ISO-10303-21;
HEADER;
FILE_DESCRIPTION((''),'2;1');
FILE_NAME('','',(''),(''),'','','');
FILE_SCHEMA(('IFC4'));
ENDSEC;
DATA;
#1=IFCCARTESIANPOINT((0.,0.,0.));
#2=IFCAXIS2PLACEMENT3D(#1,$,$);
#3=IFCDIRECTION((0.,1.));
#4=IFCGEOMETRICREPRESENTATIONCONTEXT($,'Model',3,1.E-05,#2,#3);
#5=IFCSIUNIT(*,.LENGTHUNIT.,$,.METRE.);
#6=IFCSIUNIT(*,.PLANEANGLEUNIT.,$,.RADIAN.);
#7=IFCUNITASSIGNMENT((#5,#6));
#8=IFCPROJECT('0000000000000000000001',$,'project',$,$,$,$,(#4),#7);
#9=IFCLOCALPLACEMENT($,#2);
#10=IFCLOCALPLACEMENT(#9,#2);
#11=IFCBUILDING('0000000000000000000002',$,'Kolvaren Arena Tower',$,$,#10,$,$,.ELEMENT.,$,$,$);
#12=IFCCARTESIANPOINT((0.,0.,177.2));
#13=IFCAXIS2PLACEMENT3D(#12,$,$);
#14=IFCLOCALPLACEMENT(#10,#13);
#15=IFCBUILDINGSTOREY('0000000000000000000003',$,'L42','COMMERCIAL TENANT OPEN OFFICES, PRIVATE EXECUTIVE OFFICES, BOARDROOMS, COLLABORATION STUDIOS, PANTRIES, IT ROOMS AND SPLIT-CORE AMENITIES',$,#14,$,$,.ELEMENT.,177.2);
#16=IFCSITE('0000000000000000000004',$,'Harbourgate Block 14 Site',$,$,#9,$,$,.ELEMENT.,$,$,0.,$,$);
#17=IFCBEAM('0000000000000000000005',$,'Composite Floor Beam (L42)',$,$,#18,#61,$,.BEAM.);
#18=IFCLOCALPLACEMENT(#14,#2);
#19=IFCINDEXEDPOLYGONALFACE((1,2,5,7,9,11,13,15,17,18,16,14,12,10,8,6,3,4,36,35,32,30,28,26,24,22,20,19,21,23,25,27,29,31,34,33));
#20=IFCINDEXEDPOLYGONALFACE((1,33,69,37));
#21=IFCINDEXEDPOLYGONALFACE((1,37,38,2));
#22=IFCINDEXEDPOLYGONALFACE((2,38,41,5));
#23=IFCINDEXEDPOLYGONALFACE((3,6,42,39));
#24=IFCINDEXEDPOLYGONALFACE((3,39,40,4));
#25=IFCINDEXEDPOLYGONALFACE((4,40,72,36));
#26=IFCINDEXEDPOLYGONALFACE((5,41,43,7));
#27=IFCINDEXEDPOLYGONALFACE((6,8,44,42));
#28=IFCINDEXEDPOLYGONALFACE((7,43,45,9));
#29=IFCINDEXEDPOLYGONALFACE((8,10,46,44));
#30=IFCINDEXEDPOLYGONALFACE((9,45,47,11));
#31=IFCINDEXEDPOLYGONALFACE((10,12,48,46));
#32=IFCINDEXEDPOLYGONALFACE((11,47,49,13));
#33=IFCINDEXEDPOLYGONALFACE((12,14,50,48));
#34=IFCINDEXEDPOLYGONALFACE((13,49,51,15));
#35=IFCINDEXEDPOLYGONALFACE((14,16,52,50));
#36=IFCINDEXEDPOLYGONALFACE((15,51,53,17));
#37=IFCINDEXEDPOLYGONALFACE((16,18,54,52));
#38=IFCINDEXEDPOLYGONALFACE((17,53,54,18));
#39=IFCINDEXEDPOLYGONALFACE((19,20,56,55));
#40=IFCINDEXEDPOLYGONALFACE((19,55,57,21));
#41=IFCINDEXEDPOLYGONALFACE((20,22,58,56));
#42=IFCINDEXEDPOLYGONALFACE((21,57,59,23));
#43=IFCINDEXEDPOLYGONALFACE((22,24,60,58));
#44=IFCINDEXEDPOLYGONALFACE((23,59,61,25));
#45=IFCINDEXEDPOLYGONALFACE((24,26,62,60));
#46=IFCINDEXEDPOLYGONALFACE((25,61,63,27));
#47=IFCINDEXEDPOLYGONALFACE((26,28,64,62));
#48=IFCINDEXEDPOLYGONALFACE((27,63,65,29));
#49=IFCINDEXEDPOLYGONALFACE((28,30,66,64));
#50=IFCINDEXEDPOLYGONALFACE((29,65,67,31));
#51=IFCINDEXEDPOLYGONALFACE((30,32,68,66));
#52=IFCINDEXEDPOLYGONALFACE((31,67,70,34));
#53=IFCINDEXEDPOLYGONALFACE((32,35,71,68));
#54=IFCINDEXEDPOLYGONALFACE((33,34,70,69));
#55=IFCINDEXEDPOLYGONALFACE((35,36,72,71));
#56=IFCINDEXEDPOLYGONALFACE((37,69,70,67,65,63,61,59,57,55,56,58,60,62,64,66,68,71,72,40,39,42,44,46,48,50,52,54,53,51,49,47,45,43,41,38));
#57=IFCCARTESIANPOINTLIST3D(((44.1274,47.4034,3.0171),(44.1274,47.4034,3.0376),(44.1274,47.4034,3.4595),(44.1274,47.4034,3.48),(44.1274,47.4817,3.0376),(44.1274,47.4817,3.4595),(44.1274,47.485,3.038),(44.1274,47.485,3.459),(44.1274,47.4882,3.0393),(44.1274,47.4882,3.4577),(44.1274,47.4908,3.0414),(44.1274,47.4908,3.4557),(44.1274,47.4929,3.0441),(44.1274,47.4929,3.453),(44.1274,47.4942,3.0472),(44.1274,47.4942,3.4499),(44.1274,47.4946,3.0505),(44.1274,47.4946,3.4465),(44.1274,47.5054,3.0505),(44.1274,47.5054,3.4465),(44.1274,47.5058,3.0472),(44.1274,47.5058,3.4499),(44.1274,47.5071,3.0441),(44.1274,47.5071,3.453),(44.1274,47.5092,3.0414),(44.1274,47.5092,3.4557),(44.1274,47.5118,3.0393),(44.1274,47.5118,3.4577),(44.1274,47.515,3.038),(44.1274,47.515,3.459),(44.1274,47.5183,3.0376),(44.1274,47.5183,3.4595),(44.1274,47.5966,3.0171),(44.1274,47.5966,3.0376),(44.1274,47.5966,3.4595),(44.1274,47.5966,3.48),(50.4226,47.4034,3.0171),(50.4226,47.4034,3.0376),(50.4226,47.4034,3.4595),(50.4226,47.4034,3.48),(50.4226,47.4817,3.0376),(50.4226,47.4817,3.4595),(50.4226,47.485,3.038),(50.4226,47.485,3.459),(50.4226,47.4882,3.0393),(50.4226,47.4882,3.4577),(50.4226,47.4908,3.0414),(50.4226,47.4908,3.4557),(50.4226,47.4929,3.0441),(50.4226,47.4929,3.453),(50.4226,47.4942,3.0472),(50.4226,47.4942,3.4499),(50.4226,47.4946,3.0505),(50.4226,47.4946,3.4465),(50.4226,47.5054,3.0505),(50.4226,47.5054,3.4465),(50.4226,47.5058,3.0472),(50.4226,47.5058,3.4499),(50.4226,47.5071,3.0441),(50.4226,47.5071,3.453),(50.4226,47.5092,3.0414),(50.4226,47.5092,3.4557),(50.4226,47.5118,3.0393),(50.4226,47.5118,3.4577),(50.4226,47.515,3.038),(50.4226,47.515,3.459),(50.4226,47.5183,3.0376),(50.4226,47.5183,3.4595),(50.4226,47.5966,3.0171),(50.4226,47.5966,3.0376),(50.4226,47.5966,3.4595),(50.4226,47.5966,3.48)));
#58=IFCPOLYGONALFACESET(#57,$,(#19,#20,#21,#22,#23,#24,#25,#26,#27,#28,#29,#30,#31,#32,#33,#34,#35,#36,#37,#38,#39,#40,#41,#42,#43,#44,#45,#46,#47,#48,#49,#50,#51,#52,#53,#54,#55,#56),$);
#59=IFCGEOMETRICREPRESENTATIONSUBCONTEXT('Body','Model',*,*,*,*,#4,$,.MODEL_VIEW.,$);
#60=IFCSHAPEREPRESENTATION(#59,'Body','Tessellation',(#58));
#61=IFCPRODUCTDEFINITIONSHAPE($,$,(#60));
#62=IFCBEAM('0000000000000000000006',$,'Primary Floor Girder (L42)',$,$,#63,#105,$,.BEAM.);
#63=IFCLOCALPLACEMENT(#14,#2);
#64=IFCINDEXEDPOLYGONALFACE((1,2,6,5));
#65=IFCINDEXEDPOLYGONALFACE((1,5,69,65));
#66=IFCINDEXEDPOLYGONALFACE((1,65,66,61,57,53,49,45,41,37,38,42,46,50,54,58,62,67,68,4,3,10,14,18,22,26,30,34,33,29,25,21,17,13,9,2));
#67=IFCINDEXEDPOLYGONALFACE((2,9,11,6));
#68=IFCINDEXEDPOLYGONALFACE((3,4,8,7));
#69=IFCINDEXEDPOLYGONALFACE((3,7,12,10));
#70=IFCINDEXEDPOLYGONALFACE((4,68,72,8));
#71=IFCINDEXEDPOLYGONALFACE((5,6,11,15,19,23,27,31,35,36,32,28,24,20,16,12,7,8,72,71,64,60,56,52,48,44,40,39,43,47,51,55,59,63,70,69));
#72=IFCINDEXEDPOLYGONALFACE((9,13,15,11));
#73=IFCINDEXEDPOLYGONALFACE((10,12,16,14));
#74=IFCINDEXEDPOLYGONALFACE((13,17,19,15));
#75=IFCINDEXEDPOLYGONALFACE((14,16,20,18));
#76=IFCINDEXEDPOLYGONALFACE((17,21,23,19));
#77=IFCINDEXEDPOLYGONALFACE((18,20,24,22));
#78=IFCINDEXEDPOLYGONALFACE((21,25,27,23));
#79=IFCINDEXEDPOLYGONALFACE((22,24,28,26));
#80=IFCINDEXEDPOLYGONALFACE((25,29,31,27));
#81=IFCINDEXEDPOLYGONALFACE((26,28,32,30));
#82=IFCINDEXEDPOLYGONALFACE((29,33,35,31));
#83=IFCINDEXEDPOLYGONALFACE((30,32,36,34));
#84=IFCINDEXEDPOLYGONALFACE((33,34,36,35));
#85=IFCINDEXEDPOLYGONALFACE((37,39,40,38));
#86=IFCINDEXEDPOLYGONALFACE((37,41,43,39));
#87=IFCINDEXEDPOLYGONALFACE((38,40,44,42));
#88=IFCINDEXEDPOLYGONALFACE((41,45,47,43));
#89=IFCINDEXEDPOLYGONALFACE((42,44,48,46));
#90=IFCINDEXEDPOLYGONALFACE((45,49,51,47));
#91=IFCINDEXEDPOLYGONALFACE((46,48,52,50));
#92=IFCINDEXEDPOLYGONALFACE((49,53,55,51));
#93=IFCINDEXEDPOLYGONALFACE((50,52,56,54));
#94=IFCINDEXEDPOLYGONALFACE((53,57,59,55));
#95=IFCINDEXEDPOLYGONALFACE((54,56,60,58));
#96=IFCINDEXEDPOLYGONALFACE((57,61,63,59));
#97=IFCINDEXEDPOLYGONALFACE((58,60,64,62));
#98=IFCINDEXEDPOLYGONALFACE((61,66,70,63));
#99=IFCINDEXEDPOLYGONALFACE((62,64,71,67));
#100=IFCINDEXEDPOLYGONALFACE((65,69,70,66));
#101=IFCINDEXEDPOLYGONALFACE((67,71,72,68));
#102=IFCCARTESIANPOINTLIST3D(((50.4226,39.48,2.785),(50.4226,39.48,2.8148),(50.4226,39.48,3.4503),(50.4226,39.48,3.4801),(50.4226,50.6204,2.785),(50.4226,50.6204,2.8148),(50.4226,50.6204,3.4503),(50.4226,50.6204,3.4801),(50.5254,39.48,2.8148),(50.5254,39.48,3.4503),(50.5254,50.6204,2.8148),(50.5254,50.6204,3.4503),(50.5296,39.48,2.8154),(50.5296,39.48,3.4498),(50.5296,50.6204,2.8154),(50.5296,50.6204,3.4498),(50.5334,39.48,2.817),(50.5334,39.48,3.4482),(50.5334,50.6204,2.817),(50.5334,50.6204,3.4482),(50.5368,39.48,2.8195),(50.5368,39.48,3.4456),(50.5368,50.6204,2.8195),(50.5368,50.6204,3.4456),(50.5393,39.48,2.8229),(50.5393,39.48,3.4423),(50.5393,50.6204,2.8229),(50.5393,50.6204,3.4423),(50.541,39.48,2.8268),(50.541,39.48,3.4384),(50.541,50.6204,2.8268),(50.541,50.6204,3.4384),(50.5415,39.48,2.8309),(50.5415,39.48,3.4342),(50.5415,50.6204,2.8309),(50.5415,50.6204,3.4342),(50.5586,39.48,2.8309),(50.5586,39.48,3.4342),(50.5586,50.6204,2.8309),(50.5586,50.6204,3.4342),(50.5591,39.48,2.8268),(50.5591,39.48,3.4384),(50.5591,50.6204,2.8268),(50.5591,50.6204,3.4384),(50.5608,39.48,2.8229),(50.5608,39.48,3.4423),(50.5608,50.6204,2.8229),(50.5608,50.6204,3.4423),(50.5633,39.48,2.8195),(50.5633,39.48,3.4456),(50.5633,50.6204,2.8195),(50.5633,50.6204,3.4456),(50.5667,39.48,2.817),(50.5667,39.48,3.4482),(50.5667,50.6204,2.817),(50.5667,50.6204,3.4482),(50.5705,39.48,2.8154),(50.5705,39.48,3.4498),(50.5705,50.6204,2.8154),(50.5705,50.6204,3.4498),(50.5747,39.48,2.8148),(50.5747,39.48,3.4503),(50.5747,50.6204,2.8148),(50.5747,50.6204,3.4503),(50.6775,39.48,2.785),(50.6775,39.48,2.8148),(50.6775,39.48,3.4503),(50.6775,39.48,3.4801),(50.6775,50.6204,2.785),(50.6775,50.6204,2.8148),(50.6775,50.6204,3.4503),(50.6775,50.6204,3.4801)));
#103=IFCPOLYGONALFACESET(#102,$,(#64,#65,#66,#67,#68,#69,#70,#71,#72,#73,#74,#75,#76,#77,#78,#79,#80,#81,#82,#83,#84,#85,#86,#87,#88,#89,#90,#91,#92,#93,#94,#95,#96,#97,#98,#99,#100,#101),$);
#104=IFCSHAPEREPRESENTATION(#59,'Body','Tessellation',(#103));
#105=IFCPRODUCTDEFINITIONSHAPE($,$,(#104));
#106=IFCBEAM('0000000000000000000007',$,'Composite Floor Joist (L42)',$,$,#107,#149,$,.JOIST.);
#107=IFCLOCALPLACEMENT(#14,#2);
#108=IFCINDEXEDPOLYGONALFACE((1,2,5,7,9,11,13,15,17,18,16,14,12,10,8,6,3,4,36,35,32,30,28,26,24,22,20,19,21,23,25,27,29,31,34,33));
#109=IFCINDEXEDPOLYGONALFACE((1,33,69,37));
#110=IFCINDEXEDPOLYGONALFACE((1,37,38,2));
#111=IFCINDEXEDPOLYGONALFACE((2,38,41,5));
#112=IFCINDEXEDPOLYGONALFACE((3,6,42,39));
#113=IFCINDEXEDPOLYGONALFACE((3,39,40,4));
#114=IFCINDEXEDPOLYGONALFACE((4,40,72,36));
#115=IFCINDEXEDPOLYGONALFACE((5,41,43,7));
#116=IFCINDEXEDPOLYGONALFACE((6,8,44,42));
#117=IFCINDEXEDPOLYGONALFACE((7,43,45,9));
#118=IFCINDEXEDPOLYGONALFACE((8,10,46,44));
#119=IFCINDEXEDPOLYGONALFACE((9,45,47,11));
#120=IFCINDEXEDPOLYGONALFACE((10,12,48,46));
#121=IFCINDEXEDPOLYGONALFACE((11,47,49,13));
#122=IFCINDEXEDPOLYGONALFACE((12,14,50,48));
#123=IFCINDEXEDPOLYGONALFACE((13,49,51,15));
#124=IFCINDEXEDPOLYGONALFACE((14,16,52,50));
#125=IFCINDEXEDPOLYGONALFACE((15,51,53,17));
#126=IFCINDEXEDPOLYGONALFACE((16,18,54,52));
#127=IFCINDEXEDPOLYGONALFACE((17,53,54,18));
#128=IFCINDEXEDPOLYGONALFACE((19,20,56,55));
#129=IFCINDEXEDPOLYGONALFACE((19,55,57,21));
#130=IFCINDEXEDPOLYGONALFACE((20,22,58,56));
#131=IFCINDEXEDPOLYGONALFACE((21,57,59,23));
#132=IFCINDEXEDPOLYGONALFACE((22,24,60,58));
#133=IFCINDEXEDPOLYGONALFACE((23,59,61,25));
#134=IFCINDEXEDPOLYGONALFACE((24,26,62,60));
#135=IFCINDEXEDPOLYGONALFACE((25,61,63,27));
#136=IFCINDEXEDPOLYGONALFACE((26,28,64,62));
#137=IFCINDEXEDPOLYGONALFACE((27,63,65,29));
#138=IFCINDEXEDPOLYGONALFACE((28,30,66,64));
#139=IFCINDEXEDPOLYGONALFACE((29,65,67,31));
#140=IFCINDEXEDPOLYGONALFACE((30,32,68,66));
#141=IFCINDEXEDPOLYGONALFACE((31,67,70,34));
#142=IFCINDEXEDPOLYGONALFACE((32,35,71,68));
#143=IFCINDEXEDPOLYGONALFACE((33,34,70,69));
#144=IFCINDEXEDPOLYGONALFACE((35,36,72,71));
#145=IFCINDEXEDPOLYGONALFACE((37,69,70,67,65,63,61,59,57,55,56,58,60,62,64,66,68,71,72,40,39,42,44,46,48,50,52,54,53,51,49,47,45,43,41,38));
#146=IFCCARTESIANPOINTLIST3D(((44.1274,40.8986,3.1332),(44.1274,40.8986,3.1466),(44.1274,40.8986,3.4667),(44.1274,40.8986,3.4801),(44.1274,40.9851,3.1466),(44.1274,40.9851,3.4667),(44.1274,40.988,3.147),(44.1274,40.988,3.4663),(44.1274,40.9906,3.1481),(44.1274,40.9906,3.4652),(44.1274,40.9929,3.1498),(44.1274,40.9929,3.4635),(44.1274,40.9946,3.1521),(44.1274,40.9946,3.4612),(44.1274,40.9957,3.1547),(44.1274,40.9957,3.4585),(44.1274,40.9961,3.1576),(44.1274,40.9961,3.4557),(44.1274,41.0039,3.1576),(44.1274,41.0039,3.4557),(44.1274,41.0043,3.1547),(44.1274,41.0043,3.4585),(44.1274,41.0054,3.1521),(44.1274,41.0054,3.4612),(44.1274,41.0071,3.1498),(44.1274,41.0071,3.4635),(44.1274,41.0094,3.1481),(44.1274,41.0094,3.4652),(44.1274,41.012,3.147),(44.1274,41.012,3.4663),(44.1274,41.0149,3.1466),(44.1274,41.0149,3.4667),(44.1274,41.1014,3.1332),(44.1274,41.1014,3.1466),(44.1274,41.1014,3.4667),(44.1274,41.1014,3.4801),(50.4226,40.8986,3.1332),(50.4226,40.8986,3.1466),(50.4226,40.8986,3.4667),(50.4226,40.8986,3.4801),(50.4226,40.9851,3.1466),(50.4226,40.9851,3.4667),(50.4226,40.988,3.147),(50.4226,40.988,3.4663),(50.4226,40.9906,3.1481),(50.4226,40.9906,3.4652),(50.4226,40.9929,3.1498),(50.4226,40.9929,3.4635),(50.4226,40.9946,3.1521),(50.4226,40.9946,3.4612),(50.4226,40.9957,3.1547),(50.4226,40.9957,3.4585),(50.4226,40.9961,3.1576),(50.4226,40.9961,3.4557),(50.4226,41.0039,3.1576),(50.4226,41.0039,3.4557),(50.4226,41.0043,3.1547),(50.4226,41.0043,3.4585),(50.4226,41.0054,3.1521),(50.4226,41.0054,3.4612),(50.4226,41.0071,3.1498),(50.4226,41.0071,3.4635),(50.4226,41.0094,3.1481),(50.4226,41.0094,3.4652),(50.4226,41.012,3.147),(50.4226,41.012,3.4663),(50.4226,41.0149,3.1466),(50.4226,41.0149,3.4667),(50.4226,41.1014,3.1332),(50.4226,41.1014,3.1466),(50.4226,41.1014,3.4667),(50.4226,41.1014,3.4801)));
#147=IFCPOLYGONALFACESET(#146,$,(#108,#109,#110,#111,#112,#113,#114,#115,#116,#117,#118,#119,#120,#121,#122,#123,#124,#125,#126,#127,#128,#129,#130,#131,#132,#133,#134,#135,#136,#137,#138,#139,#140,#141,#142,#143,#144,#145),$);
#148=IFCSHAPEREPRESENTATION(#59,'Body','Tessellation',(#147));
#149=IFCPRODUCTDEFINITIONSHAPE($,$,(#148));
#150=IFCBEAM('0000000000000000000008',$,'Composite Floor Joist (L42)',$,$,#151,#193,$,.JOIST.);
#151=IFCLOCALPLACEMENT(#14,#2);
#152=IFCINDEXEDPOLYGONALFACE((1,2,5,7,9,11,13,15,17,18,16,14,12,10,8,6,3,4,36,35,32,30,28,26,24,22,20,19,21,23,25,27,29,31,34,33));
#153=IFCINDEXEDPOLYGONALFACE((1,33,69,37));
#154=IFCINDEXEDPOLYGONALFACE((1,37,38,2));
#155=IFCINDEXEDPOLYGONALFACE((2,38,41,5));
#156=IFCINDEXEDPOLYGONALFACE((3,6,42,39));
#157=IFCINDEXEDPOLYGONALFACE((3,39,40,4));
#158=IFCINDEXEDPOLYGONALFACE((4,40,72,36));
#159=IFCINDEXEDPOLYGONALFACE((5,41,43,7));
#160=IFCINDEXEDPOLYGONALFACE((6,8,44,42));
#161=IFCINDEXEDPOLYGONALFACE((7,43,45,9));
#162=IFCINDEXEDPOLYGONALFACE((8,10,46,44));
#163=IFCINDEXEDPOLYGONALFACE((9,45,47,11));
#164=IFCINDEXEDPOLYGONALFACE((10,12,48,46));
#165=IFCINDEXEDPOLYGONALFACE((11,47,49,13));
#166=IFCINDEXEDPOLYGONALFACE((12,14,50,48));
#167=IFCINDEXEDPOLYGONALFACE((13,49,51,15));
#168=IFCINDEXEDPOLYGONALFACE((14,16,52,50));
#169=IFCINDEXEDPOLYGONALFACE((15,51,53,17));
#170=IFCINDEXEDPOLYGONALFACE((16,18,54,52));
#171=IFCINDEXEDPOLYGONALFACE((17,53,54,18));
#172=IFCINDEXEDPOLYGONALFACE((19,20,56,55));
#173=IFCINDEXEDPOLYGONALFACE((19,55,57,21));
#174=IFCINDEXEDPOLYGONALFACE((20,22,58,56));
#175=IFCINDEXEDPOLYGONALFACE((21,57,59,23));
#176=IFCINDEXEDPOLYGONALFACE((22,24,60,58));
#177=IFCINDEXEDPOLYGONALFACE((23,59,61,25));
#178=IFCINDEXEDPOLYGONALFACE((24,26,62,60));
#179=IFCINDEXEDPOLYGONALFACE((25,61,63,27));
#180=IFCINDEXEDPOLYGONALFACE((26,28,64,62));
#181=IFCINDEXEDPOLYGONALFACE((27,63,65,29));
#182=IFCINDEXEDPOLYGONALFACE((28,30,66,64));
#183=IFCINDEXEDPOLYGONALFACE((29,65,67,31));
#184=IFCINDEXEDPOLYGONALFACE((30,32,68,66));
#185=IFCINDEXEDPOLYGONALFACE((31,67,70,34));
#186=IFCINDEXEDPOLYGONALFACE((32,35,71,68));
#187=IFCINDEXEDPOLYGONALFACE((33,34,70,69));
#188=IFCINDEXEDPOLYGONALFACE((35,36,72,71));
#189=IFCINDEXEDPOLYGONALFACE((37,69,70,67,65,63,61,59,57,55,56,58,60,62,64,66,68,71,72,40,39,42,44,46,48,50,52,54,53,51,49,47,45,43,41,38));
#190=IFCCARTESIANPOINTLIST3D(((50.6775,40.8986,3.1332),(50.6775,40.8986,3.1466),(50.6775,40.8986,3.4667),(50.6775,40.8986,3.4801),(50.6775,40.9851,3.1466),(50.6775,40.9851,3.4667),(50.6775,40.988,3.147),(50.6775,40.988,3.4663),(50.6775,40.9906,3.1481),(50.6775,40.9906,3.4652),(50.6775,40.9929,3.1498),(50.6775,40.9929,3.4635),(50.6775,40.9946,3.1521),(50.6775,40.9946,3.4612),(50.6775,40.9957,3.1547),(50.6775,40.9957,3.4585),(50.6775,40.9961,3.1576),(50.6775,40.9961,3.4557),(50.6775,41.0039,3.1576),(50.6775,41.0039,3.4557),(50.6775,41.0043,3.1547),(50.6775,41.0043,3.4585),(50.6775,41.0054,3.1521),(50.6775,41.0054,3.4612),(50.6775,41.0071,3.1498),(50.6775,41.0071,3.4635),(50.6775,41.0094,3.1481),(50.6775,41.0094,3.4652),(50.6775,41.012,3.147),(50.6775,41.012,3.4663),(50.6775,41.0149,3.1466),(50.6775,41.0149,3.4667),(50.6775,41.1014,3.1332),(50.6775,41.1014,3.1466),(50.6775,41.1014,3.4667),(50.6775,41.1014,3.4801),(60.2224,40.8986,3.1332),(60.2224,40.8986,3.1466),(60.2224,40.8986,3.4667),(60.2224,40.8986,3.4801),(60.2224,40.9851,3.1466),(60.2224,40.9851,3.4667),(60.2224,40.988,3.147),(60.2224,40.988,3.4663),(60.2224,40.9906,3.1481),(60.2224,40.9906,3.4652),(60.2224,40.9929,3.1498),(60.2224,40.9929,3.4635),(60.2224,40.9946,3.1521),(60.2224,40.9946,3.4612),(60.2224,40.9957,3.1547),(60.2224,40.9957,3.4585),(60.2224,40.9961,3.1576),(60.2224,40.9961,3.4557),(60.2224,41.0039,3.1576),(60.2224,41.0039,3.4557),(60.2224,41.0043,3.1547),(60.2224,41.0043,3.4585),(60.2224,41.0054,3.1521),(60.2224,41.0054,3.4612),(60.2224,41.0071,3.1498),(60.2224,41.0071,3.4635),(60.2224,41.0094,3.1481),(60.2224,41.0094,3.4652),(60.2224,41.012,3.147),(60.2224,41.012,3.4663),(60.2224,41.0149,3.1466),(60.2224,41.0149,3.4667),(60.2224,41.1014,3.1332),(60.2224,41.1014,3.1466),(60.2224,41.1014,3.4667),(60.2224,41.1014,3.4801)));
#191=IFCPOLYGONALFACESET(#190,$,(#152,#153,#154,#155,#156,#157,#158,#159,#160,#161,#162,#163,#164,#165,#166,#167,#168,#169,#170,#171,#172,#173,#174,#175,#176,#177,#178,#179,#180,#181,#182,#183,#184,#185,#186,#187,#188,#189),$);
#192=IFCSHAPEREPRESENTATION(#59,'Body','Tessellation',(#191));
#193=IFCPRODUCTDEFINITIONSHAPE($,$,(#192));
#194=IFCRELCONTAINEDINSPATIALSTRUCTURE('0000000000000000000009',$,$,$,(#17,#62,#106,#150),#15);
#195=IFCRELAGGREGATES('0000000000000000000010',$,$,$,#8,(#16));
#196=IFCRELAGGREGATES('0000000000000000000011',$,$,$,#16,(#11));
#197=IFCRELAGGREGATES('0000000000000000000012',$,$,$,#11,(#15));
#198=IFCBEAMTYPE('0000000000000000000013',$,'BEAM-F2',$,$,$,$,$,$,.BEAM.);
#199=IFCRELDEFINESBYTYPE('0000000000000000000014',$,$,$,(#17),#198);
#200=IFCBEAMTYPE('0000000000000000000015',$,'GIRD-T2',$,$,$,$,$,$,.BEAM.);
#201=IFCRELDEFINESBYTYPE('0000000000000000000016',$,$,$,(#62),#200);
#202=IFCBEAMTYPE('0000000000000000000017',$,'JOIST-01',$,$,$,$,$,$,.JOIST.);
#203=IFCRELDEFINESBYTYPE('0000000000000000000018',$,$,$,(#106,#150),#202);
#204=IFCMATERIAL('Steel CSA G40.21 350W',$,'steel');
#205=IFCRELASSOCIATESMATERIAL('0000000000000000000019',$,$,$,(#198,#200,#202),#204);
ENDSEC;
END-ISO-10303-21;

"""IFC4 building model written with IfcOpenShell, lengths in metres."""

from ifc_helpers import new_model, si_unit, direction, frame, origin, origin_2d, place, context, subcontext, project, spatial, i_section, extrude, material, material_profile, profile_set, type_object, element, save


model = new_model("IFC4")

# Units and contexts
model_context = context("Model", 3, precision=1e-05, world=origin(), true_north=direction((0.0, 1.0)))
body_context = subcontext(model_context, "Body", "Model", "MODEL_VIEW")
ifc_project = project(units=[si_unit("LENGTHUNIT", "METRE"), si_unit("PLANEANGLEUNIT", "RADIAN")], contexts=[model_context])

# Site, building, storey
site_placement = place(None, origin())
site = spatial("IfcSite", under=ifc_project, at=site_placement, Name="Harbourgate Block 14 Site", CompositionType="ELEMENT", RefElevation=0.0)
building_placement = place(site_placement, origin())
building = spatial("IfcBuilding", under=site, at=building_placement, Name="Kolvaren Arena Tower", CompositionType="ELEMENT")
storey_placement = place(building_placement, frame((0.0, 0.0, 177.2)))
storey = spatial("IfcBuildingStorey", under=building, at=storey_placement, Name="L42", Description="COMMERCIAL TENANT OPEN OFFICES, PRIVATE EXECUTIVE OFFICES, BOARDROOMS, COLLABORATION STUDIOS, PANTRIES, IT ROOMS AND SPLIT-CORE AMENITIES", CompositionType="ELEMENT", Elevation=177.2)

# Beams
ifc_material_1 = material(Name="Steel CSA G40.21 350W", Category="steel")
ifc_material_profile_1 = material_profile(ifc_material_1, i_section(OverallWidth=0.1931, OverallDepth=0.4629, WebThickness=0.0107, FlangeThickness=0.0205, FilletRadius=0.0129, at=origin_2d()), Name="W460x113")
ifc_profile_set_1 = profile_set([ifc_material_profile_1], Name="Steel CSA G40.21 350W")
beam_type_1 = type_object("IfcBeamType", Name="BEAM-F2", PredefinedType="BEAM", material=ifc_profile_set_1)
beam_1_placement = place(storey_placement, frame((44.1274, 47.5, 3.2485), z_axis=(1.0, 0.0, 0.0), x_axis=(0.0, 1.0, 0.0)))
element("IfcBeam", 1, at=beam_1_placement, inside=storey, type_object=beam_type_1, Name="Composite Floor Beam (L42)", PredefinedType="BEAM", context=body_context, shape_type="SweptSolid", body=[
    extrude(i_section(OverallWidth=0.1931, OverallDepth=0.4629, WebThickness=0.0107, FlangeThickness=0.0205, FilletRadius=0.0129, at=origin_2d()), origin(), (0.0, 0.0, 1.0), 6.2952),
])
ifc_material_profile_2 = material_profile(ifc_material_1, i_section(OverallWidth=0.2549, OverallDepth=0.6951, WebThickness=0.0171, FlangeThickness=0.0298, FilletRadius=0.0161, at=origin_2d()), Name="W690x217")
ifc_profile_set_2 = profile_set([ifc_material_profile_2], Name="Steel CSA G40.21 350W")
beam_type_2 = type_object("IfcBeamType", Name="GIRD-T2", PredefinedType="BEAM", material=ifc_profile_set_2)
beam_2_placement = place(storey_placement, frame((50.55, 39.48, 3.1326), z_axis=(0.0, 1.0, 0.0), x_axis=(-1.0, 0.0, 0.0)))
element("IfcBeam", 2, at=beam_2_placement, inside=storey, type_object=beam_type_2, Name="Primary Floor Girder (L42)", PredefinedType="BEAM", context=body_context, shape_type="SweptSolid", body=[
    extrude(i_section(OverallWidth=0.2549, OverallDepth=0.6951, WebThickness=0.0171, FlangeThickness=0.0298, FilletRadius=0.0161, at=origin_2d()), origin(), (0.0, 0.0, 1.0), 11.1404),
])
ifc_material_profile_3 = material_profile(ifc_material_1, i_section(OverallWidth=0.2029, OverallDepth=0.3469, WebThickness=0.0078, FlangeThickness=0.0134, FilletRadius=0.011, at=origin_2d()), Name="W360x64")
ifc_profile_set_3 = profile_set([ifc_material_profile_3], Name="Steel CSA G40.21 350W")
beam_type_3 = type_object("IfcBeamType", Name="JOIST-01", PredefinedType="JOIST", material=ifc_profile_set_3)
beam_3_placement = place(storey_placement, frame((44.1274, 41.0, 3.3066), z_axis=(1.0, 0.0, 0.0), x_axis=(0.0, 1.0, 0.0)))
element("IfcBeam", 3, at=beam_3_placement, inside=storey, type_object=beam_type_3, Name="Composite Floor Joist (L42)", PredefinedType="JOIST", context=body_context, shape_type="SweptSolid", body=[
    extrude(i_section(OverallWidth=0.2029, OverallDepth=0.3469, WebThickness=0.0078, FlangeThickness=0.0134, FilletRadius=0.011, at=origin_2d()), origin(), (0.0, 0.0, 1.0), 6.2952),
])
beam_4_placement = place(storey_placement, frame((50.6775, 41.0, 3.3066), z_axis=(1.0, 0.0, 0.0), x_axis=(0.0, 1.0, 0.0)))
element("IfcBeam", 4, at=beam_4_placement, inside=storey, type_object=beam_type_3, Name="Composite Floor Joist (L42)", PredefinedType="JOIST", context=body_context, shape_type="SweptSolid", body=[
    extrude(i_section(OverallWidth=0.2029, OverallDepth=0.3469, WebThickness=0.0078, FlangeThickness=0.0134, FilletRadius=0.011, at=origin_2d()), origin(), (0.0, 0.0, 1.0), 9.5449),
])

save(model, "model.ifc")
